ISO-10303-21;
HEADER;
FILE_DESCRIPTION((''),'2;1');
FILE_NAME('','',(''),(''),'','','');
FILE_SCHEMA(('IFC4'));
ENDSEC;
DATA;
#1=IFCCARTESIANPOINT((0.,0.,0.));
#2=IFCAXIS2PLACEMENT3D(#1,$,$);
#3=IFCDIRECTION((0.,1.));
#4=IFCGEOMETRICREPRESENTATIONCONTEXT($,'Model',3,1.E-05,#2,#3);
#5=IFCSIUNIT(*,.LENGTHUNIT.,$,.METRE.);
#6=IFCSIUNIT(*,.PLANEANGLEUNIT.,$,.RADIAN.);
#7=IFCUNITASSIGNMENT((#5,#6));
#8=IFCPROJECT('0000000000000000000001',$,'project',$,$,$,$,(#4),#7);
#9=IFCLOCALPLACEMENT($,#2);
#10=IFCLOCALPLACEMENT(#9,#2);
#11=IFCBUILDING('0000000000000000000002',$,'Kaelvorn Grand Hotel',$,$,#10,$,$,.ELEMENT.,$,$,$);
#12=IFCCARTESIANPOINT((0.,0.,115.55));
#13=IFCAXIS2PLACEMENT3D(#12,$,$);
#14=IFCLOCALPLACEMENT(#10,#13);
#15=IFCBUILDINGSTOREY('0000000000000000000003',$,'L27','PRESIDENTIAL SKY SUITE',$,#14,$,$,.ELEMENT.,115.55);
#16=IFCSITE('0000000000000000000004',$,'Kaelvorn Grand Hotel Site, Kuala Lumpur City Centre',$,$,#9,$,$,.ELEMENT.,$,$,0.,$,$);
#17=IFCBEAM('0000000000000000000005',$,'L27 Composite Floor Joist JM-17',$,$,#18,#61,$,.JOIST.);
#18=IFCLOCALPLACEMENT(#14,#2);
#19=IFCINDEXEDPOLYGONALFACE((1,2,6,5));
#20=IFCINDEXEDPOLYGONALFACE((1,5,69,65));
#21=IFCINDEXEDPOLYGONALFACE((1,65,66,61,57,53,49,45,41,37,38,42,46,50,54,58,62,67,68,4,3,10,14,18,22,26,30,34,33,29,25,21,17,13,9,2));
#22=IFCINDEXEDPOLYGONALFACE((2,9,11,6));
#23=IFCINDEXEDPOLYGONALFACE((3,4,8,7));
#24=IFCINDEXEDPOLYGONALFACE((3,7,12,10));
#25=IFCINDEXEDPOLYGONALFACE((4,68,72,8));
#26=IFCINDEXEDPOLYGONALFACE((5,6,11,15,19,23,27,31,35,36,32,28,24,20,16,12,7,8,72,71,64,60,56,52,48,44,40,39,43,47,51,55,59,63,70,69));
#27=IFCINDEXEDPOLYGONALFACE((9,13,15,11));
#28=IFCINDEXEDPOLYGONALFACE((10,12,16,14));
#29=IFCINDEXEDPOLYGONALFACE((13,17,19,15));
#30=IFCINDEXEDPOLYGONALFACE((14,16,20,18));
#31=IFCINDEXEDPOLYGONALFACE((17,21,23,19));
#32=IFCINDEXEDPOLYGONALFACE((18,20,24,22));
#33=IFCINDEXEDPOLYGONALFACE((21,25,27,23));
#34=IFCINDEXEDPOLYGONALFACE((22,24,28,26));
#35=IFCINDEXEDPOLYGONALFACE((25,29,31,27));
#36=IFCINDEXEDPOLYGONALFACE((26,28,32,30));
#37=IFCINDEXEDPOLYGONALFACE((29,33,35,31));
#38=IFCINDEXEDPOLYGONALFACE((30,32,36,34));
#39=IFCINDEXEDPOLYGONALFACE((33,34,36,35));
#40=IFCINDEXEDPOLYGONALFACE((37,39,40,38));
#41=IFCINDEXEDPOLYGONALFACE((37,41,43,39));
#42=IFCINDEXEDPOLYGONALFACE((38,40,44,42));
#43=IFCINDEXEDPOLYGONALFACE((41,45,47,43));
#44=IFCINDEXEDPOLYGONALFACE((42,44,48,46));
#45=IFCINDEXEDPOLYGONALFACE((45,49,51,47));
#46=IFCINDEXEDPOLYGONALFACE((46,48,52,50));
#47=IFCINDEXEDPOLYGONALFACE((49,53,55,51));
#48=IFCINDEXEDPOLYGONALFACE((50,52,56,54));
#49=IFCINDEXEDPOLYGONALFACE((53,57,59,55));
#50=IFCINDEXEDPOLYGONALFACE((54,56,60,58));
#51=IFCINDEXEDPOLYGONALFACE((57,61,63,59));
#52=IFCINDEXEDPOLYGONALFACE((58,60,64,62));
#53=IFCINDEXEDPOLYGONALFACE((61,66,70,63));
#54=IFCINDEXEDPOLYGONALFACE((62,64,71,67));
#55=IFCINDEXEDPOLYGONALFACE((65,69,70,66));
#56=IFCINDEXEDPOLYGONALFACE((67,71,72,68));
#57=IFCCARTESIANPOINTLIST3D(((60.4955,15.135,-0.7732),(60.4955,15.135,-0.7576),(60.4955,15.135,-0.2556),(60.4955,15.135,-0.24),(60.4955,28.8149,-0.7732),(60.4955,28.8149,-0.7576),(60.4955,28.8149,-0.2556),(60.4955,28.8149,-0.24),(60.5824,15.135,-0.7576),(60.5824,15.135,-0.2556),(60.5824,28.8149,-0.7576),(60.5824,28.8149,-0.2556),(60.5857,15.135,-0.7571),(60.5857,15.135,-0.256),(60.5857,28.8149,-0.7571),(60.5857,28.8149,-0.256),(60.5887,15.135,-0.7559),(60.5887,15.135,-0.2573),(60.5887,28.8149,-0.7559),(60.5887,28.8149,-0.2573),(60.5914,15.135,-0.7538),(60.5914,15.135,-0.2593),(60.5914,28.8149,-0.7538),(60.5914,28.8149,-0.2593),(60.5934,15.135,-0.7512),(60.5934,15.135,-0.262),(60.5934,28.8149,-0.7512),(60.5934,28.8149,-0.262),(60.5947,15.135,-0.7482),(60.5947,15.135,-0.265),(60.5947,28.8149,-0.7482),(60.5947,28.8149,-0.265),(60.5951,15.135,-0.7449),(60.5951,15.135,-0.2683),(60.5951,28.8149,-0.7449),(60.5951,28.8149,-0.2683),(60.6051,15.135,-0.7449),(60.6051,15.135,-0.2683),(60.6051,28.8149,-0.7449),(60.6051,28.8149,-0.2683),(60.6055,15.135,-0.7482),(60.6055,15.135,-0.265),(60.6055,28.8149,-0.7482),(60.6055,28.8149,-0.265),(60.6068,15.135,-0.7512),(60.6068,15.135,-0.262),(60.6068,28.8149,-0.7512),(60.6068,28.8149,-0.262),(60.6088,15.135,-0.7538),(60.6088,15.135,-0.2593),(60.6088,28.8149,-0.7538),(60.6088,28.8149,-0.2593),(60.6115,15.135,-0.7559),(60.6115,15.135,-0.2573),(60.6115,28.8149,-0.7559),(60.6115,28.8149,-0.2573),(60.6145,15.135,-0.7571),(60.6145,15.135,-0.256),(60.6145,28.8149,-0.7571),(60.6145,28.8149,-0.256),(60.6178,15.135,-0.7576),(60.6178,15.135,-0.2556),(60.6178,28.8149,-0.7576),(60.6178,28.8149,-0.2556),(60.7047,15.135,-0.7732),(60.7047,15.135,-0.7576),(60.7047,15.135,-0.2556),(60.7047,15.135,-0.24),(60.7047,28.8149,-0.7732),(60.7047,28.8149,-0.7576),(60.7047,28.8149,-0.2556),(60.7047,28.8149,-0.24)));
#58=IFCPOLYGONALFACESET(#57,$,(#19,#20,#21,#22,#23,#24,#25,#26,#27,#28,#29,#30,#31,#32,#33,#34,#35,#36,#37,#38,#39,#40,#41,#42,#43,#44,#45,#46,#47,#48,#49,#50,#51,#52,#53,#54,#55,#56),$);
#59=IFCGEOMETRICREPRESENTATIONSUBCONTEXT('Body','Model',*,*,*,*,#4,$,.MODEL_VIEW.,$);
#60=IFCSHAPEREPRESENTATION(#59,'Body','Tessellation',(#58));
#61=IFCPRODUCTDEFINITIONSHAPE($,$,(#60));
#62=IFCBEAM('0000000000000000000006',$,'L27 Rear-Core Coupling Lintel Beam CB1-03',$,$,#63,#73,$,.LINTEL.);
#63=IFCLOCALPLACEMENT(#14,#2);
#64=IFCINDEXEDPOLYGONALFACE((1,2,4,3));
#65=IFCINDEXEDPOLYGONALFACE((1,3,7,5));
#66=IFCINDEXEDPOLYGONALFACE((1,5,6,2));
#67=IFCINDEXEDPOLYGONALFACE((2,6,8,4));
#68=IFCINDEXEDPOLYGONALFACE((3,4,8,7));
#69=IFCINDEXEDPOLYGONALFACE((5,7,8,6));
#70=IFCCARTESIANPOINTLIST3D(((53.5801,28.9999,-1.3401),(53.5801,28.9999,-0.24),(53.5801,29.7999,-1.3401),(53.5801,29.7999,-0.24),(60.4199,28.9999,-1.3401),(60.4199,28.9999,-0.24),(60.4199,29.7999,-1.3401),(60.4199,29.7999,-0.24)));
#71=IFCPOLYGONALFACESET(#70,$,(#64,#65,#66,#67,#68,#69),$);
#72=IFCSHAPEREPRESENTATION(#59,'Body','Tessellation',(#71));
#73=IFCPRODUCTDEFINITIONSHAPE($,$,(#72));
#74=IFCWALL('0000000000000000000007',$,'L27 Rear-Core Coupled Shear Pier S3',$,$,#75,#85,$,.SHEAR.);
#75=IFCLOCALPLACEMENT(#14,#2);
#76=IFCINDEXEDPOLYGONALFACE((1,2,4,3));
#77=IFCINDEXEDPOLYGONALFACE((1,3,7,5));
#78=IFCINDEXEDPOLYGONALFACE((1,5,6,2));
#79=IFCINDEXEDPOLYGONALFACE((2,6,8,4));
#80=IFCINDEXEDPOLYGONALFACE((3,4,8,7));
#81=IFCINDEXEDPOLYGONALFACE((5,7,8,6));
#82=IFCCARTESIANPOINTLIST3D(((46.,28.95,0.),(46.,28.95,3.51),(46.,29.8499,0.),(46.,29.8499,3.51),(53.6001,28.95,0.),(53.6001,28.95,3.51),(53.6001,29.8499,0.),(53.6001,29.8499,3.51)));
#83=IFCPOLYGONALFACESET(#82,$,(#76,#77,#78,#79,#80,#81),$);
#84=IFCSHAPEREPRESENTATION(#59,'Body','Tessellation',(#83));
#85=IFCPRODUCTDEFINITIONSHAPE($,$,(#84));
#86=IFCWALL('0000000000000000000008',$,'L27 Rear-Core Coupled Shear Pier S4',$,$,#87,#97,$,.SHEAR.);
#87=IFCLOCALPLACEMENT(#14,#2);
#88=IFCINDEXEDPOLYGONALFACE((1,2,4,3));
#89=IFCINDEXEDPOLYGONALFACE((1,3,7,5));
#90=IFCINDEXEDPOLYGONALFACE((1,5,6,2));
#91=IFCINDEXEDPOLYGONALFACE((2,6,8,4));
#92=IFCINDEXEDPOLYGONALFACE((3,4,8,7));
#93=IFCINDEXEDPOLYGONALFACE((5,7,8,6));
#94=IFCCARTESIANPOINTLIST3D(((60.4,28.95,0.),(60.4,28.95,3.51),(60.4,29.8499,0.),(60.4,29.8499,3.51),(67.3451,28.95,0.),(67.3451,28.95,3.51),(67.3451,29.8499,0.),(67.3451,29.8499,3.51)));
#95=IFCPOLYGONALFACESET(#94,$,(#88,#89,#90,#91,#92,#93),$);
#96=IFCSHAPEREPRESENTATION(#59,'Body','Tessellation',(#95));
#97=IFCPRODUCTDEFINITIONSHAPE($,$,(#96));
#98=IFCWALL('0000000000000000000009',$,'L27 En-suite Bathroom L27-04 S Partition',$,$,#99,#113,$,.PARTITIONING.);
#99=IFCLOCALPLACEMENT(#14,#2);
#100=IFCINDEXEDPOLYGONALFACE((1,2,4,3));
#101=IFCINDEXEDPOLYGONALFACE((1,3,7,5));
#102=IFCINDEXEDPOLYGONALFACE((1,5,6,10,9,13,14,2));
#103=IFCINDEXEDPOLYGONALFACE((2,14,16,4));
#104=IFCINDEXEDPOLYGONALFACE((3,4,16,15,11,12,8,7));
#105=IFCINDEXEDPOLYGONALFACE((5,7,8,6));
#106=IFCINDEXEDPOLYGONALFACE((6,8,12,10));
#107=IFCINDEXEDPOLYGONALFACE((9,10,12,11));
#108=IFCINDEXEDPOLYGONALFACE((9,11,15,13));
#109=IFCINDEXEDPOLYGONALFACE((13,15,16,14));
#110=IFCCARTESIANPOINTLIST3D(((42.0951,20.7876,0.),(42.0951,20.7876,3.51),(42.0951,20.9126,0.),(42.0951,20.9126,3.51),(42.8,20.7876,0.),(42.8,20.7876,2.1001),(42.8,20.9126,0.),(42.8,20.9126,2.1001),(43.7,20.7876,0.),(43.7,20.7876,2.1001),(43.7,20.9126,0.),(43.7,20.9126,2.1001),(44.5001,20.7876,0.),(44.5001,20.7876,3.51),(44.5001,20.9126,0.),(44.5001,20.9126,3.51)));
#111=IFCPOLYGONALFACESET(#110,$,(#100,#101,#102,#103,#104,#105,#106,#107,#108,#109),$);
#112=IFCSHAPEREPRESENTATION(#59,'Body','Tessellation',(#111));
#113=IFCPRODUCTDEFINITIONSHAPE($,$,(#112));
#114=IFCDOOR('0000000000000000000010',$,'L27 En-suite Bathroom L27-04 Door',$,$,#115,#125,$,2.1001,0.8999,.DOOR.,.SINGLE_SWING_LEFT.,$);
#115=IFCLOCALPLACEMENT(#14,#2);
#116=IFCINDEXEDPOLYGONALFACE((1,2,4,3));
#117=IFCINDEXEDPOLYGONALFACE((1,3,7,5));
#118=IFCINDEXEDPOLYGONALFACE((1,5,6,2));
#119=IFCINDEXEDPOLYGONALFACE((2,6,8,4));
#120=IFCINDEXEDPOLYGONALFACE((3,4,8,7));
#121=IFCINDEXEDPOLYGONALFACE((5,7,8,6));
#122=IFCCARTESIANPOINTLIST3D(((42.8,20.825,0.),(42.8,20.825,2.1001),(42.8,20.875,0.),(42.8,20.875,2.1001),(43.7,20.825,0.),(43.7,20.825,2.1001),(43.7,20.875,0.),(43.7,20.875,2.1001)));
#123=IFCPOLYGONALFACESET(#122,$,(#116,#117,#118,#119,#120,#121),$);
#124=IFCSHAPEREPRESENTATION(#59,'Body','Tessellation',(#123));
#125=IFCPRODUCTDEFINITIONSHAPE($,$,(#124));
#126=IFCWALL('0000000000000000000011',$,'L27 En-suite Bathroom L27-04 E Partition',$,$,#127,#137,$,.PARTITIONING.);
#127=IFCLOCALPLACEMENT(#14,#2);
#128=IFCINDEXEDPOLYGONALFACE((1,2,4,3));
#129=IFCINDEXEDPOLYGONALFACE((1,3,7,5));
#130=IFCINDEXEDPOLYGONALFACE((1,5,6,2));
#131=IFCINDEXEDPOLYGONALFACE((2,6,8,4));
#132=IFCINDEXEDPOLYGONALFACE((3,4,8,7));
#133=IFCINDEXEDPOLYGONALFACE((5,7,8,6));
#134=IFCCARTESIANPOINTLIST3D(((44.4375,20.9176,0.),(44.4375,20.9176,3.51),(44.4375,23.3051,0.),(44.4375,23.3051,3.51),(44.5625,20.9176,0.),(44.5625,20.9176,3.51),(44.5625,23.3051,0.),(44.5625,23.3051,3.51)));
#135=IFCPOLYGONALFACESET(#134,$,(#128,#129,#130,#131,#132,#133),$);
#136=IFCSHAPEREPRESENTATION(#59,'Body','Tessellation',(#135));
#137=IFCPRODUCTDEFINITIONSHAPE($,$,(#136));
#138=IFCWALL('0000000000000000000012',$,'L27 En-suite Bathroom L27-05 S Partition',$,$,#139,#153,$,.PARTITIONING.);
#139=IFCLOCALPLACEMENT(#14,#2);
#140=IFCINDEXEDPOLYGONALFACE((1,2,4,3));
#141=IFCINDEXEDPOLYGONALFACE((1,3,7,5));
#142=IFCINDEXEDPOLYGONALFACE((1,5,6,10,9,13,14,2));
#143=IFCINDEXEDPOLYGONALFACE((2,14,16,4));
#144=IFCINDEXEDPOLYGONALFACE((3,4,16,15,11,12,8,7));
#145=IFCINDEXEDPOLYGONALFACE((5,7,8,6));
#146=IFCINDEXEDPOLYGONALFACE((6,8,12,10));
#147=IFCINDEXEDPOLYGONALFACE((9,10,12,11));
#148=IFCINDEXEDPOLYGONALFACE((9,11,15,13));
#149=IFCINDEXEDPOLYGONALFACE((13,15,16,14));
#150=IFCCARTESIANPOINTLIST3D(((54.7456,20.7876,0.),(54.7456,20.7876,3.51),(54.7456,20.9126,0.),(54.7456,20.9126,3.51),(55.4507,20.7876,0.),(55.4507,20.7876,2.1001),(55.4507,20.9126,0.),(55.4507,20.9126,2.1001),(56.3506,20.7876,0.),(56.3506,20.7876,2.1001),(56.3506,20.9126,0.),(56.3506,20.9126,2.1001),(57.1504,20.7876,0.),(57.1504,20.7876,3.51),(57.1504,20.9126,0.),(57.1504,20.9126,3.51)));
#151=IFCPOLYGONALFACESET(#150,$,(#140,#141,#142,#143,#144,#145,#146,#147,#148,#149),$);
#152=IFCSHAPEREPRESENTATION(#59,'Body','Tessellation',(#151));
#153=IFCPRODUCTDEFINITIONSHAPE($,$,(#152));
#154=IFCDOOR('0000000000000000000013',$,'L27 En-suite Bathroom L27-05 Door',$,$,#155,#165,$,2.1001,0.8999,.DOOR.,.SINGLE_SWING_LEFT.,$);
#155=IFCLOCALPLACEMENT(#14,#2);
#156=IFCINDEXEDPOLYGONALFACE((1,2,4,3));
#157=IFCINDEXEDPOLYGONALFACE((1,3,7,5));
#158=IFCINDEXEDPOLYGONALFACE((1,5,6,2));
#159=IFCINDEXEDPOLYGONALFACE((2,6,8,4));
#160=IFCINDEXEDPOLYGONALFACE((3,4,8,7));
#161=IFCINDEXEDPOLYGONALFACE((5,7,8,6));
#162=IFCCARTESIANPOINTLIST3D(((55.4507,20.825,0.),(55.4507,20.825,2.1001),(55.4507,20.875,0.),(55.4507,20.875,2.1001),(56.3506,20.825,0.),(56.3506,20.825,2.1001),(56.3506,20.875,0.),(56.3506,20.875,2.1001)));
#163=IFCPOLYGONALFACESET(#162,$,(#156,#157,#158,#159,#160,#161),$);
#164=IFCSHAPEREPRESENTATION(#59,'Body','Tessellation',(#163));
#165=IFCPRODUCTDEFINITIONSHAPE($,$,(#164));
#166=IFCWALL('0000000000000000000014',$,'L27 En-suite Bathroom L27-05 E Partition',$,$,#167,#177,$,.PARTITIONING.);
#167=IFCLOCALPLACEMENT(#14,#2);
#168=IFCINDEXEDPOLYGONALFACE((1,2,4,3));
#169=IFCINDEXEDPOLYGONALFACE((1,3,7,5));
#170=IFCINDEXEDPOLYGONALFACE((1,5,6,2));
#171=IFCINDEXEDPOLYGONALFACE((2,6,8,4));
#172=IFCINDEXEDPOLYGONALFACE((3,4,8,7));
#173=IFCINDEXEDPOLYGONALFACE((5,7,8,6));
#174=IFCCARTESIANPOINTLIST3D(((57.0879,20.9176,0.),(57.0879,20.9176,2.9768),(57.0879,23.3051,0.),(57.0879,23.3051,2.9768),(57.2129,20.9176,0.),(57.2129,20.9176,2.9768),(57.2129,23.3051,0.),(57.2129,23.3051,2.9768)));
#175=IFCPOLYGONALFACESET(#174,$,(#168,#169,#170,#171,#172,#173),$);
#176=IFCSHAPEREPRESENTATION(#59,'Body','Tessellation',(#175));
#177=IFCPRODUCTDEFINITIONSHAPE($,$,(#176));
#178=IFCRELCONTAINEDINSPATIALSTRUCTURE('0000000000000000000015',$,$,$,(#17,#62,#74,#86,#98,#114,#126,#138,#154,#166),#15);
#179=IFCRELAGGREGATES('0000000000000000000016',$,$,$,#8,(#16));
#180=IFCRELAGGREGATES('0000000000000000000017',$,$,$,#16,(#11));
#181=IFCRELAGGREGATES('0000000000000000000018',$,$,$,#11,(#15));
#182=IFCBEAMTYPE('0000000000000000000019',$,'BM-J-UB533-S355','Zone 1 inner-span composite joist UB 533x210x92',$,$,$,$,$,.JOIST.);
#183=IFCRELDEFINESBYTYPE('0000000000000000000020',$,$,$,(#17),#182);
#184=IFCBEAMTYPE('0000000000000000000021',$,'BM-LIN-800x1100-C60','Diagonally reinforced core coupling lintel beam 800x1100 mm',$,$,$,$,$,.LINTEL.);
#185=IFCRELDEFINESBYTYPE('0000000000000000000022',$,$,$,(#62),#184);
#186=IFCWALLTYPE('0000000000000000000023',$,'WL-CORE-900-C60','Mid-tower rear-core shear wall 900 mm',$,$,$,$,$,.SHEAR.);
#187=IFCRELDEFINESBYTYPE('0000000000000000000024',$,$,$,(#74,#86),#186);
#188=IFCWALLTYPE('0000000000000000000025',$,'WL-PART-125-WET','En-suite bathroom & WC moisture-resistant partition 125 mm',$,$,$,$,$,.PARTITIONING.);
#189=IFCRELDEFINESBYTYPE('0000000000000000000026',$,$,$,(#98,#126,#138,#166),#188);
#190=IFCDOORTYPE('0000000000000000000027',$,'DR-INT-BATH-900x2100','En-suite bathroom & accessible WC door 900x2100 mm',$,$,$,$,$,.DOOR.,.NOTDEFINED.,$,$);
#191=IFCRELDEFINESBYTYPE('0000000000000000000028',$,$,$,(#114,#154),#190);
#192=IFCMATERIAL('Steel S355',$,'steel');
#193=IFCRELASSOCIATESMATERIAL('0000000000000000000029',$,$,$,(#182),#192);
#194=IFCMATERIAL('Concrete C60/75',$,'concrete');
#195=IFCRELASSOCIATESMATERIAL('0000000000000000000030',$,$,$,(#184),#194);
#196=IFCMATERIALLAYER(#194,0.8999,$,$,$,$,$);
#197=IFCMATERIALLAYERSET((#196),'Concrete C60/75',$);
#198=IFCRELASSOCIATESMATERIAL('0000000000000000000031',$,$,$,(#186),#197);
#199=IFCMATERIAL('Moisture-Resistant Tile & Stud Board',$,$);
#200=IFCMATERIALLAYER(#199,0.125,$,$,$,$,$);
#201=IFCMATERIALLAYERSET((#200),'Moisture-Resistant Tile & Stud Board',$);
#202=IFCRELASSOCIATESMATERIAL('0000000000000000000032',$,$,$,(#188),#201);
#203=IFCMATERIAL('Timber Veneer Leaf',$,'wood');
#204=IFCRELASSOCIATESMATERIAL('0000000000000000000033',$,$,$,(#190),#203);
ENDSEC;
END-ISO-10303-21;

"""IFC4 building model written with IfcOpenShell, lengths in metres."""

from ifc_helpers import new_model, si_unit, direction, frame, frame_2d, origin, origin_2d, place, context, subcontext, project, spatial, rectangle, i_section, extrude, material, layer, layer_set, material_profile, profile_set, type_object, element, fill, save


model = new_model("IFC4")

# Units and contexts
model_context = context("Model", 3, precision=1e-05, world=origin(), true_north=direction((0.0, 1.0)))
body_context = subcontext(model_context, "Body", "Model", "MODEL_VIEW")
ifc_project = project(units=[si_unit("LENGTHUNIT", "METRE"), si_unit("PLANEANGLEUNIT", "RADIAN")], contexts=[model_context])

# Site, building, storey
site_placement = place(None, origin())
site = spatial("IfcSite", under=ifc_project, at=site_placement, Name="Kaelvorn Grand Hotel Site, Kuala Lumpur City Centre", CompositionType="ELEMENT", RefElevation=0.0)
building_placement = place(site_placement, origin())
building = spatial("IfcBuilding", under=site, at=building_placement, Name="Kaelvorn Grand Hotel", CompositionType="ELEMENT")
storey_placement = place(building_placement, frame((0.0, 0.0, 115.55)))
storey = spatial("IfcBuildingStorey", under=building, at=storey_placement, Name="L27", Description="PRESIDENTIAL SKY SUITE", CompositionType="ELEMENT", Elevation=115.55)

# Shared definitions
ifc_material_1 = material(Name="Concrete C60/75", Category="concrete")

# Beams
ifc_material_2 = material(Name="Steel S355", Category="steel")
ifc_material_profile_1 = material_profile(ifc_material_2, i_section(OverallWidth=0.2092, OverallDepth=0.5332, WebThickness=0.01, FlangeThickness=0.0156, FilletRadius=0.0127, at=origin_2d()), Name="UB 533x210x92")
ifc_profile_set_1 = profile_set([ifc_material_profile_1], Name="Steel S355")
beam_type_1 = type_object("IfcBeamType", Name="BM-J-UB533-S355", Description="Zone 1 inner-span composite joist UB 533x210x92", PredefinedType="JOIST", material=ifc_profile_set_1)
beam_1_placement = place(storey_placement, frame((60.6001, 15.135, -0.5066), z_axis=(0.0, 1.0, 0.0), x_axis=(-1.0, 0.0, 0.0)))
element("IfcBeam", 1, at=beam_1_placement, inside=storey, type_object=beam_type_1, Name="L27 Composite Floor Joist JM-17", PredefinedType="JOIST", context=body_context, shape_type="SweptSolid", body=[
    extrude(i_section(OverallWidth=0.2092, OverallDepth=0.5332, WebThickness=0.01, FlangeThickness=0.0156, FilletRadius=0.0127, at=origin_2d()), origin(), (0.0, 0.0, 1.0), 13.6799),
])
ifc_material_profile_2 = material_profile(ifc_material_1, rectangle(XDim=0.8, YDim=1.1001, at=origin_2d()), Name="RC LINTEL 800x1100")
ifc_profile_set_2 = profile_set([ifc_material_profile_2], Name="Concrete C60/75")
beam_type_2 = type_object("IfcBeamType", Name="BM-LIN-800x1100-C60", Description="Diagonally reinforced core coupling lintel beam 800x1100 mm", PredefinedType="LINTEL", material=ifc_profile_set_2)
beam_2_placement = place(storey_placement, frame((53.5801, 29.3999, -0.79), z_axis=(1.0, 0.0, 0.0), x_axis=(0.0, 1.0, 0.0)))
element("IfcBeam", 2, at=beam_2_placement, inside=storey, type_object=beam_type_2, Name="L27 Rear-Core Coupling Lintel Beam CB1-03", PredefinedType="LINTEL", context=body_context, shape_type="SweptSolid", body=[
    extrude(rectangle(XDim=0.8, YDim=1.1001, at=origin_2d()), origin(), (0.0, 0.0, 1.0), 6.8398),
])

# Walls
ifc_layer_1 = layer(ifc_material_1, 0.8999)
ifc_layer_set_1 = layer_set([ifc_layer_1], Name="Concrete C60/75")
wall_type_1 = type_object("IfcWallType", Name="WL-CORE-900-C60", Description="Mid-tower rear-core shear wall 900 mm", PredefinedType="SHEAR", material=ifc_layer_set_1)
wall_1_placement = place(storey_placement, frame((46.0, 29.3999, 0.0), z_axis=(0.0, 0.0, 1.0), x_axis=(1.0, 0.0, 0.0)))
element("IfcWall", 3, at=wall_1_placement, inside=storey, type_object=wall_type_1, Name="L27 Rear-Core Coupled Shear Pier S3", PredefinedType="SHEAR", context=body_context, shape_type="SweptSolid", body=[
    extrude(rectangle(XDim=7.6001, YDim=0.8999, at=frame_2d((3.8, 0.0))), origin(), (0.0, 0.0, 1.0), 3.51),
])
wall_2_placement = place(storey_placement, frame((60.3999, 29.3999, 0.0), z_axis=(0.0, 0.0, 1.0), x_axis=(1.0, 0.0, 0.0)))
element("IfcWall", 4, at=wall_2_placement, inside=storey, type_object=wall_type_1, Name="L27 Rear-Core Coupled Shear Pier S4", PredefinedType="SHEAR", context=body_context, shape_type="SweptSolid", body=[
    extrude(rectangle(XDim=6.9451, YDim=0.8999, at=frame_2d((3.4727, 0.0))), origin(), (0.0, 0.0, 1.0), 3.51),
])

# Wall, opening, door
ifc_material_3 = material(Name="Moisture-Resistant Tile & Stud Board")
ifc_layer_2 = layer(ifc_material_3, 0.125)
ifc_layer_set_2 = layer_set([ifc_layer_2], Name="Moisture-Resistant Tile & Stud Board")
wall_type_2 = type_object("IfcWallType", Name="WL-PART-125-WET", Description="En-suite bathroom & WC moisture-resistant partition 125 mm", PredefinedType="PARTITIONING", material=ifc_layer_set_2)
wall_3_placement = place(storey_placement, frame((42.095, 20.8501, 0.0), z_axis=(0.0, 0.0, 1.0), x_axis=(1.0, 0.0, 0.0)))
wall_3 = element("IfcWall", 5, at=wall_3_placement, inside=storey, type_object=wall_type_2, Name="L27 En-suite Bathroom L27-04 S Partition", PredefinedType="PARTITIONING", context=body_context, shape_type="SweptSolid", body=[
    extrude(rectangle(XDim=2.405, YDim=0.125, at=frame_2d((1.2026, 0.0))), origin(), (0.0, 0.0, 1.0), 3.51),
])
opening_1_placement = place(wall_3_placement, frame((0.7051, 0.0, 0.0)))
opening_1 = element("IfcOpeningElement", 6, at=opening_1_placement, cuts=wall_3, PredefinedType="OPENING", context=body_context, shape_type="SweptSolid", body=[
    extrude(rectangle(XDim=0.8999, YDim=2.1001, at=frame_2d((0.45, 1.05))), frame((0.0, 0.0725, 0.0), z_axis=(0.0, -1.0, 0.0), x_axis=(1.0, 0.0, 0.0)), (0.0, 0.0, 1.0), 0.145),
])
ifc_material_4 = material(Name="Timber Veneer Leaf", Category="wood")
door_type_1 = type_object("IfcDoorType", Name="DR-INT-BATH-900x2100", Description="En-suite bathroom & accessible WC door 900x2100 mm", OperationType="NOTDEFINED", PredefinedType="DOOR", material=ifc_material_4)
door_1_placement = place(opening_1_placement, origin())
door_1 = element("IfcDoor", 7, at=door_1_placement, inside=storey, type_object=door_type_1, Name="L27 En-suite Bathroom L27-04 Door", OperationType="SINGLE_SWING_LEFT", OverallHeight=2.1001, OverallWidth=0.8999, PredefinedType="DOOR", context=body_context, shape_type="SweptSolid", body=[
    extrude(rectangle(XDim=0.8999, YDim=2.1001, at=frame_2d((0.45, 1.05))), frame((0.0, 0.0249, 0.0), z_axis=(0.0, -1.0, 0.0), x_axis=(1.0, 0.0, 0.0)), (0.0, 0.0, 1.0), 0.05),
])
fill(opening_1, door_1)

# Wall
wall_4_placement = place(storey_placement, frame((44.5, 20.9175, 0.0), z_axis=(0.0, 0.0, 1.0), x_axis=(0.0, 1.0, 0.0)))
element("IfcWall", 8, at=wall_4_placement, inside=storey, type_object=wall_type_2, Name="L27 En-suite Bathroom L27-04 E Partition", PredefinedType="PARTITIONING", context=body_context, shape_type="SweptSolid", body=[
    extrude(rectangle(XDim=2.3875, YDim=0.125, at=frame_2d((1.1938, 0.0))), origin(), (0.0, 0.0, 1.0), 3.51),
])

# Wall, opening, door
wall_5_placement = place(storey_placement, frame((54.7456, 20.8501, 0.0), z_axis=(0.0, 0.0, 1.0), x_axis=(1.0, 0.0, 0.0)))
wall_5 = element("IfcWall", 9, at=wall_5_placement, inside=storey, type_object=wall_type_2, Name="L27 En-suite Bathroom L27-05 S Partition", PredefinedType="PARTITIONING", context=body_context, shape_type="SweptSolid", body=[
    extrude(rectangle(XDim=2.4048, YDim=0.125, at=frame_2d((1.2024, 0.0))), origin(), (0.0, 0.0, 1.0), 3.51),
])
opening_2_placement = place(wall_5_placement, frame((0.7051, 0.0, 0.0)))
opening_2 = element("IfcOpeningElement", 10, at=opening_2_placement, cuts=wall_5, PredefinedType="OPENING", context=body_context, shape_type="SweptSolid", body=[
    extrude(rectangle(XDim=0.8999, YDim=2.1001, at=frame_2d((0.45, 1.05))), frame((0.0, 0.0725, 0.0), z_axis=(0.0, -1.0, 0.0), x_axis=(1.0, 0.0, 0.0)), (0.0, 0.0, 1.0), 0.145),
])
door_2_placement = place(opening_2_placement, origin())
door_2 = element("IfcDoor", 11, at=door_2_placement, inside=storey, type_object=door_type_1, Name="L27 En-suite Bathroom L27-05 Door", OperationType="SINGLE_SWING_LEFT", OverallHeight=2.1001, OverallWidth=0.8999, PredefinedType="DOOR", context=body_context, shape_type="SweptSolid", body=[
    extrude(rectangle(XDim=0.8999, YDim=2.1001, at=frame_2d((0.45, 1.05))), frame((0.0, 0.0249, 0.0), z_axis=(0.0, -1.0, 0.0), x_axis=(1.0, 0.0, 0.0)), (0.0, 0.0, 1.0), 0.05),
])
fill(opening_2, door_2)

# Wall
wall_6_placement = place(storey_placement, frame((57.1504, 20.9175, 0.0), z_axis=(0.0, 0.0, 1.0), x_axis=(0.0, 1.0, 0.0)))
element("IfcWall", 12, at=wall_6_placement, inside=storey, type_object=wall_type_2, Name="L27 En-suite Bathroom L27-05 E Partition", PredefinedType="PARTITIONING", context=body_context, shape_type="SweptSolid", body=[
    extrude(rectangle(XDim=2.3875, YDim=0.125, at=frame_2d((1.1938, 0.0))), origin(), (0.0, 0.0, 1.0), 2.9768),
])

save(model, "model.ifc")
